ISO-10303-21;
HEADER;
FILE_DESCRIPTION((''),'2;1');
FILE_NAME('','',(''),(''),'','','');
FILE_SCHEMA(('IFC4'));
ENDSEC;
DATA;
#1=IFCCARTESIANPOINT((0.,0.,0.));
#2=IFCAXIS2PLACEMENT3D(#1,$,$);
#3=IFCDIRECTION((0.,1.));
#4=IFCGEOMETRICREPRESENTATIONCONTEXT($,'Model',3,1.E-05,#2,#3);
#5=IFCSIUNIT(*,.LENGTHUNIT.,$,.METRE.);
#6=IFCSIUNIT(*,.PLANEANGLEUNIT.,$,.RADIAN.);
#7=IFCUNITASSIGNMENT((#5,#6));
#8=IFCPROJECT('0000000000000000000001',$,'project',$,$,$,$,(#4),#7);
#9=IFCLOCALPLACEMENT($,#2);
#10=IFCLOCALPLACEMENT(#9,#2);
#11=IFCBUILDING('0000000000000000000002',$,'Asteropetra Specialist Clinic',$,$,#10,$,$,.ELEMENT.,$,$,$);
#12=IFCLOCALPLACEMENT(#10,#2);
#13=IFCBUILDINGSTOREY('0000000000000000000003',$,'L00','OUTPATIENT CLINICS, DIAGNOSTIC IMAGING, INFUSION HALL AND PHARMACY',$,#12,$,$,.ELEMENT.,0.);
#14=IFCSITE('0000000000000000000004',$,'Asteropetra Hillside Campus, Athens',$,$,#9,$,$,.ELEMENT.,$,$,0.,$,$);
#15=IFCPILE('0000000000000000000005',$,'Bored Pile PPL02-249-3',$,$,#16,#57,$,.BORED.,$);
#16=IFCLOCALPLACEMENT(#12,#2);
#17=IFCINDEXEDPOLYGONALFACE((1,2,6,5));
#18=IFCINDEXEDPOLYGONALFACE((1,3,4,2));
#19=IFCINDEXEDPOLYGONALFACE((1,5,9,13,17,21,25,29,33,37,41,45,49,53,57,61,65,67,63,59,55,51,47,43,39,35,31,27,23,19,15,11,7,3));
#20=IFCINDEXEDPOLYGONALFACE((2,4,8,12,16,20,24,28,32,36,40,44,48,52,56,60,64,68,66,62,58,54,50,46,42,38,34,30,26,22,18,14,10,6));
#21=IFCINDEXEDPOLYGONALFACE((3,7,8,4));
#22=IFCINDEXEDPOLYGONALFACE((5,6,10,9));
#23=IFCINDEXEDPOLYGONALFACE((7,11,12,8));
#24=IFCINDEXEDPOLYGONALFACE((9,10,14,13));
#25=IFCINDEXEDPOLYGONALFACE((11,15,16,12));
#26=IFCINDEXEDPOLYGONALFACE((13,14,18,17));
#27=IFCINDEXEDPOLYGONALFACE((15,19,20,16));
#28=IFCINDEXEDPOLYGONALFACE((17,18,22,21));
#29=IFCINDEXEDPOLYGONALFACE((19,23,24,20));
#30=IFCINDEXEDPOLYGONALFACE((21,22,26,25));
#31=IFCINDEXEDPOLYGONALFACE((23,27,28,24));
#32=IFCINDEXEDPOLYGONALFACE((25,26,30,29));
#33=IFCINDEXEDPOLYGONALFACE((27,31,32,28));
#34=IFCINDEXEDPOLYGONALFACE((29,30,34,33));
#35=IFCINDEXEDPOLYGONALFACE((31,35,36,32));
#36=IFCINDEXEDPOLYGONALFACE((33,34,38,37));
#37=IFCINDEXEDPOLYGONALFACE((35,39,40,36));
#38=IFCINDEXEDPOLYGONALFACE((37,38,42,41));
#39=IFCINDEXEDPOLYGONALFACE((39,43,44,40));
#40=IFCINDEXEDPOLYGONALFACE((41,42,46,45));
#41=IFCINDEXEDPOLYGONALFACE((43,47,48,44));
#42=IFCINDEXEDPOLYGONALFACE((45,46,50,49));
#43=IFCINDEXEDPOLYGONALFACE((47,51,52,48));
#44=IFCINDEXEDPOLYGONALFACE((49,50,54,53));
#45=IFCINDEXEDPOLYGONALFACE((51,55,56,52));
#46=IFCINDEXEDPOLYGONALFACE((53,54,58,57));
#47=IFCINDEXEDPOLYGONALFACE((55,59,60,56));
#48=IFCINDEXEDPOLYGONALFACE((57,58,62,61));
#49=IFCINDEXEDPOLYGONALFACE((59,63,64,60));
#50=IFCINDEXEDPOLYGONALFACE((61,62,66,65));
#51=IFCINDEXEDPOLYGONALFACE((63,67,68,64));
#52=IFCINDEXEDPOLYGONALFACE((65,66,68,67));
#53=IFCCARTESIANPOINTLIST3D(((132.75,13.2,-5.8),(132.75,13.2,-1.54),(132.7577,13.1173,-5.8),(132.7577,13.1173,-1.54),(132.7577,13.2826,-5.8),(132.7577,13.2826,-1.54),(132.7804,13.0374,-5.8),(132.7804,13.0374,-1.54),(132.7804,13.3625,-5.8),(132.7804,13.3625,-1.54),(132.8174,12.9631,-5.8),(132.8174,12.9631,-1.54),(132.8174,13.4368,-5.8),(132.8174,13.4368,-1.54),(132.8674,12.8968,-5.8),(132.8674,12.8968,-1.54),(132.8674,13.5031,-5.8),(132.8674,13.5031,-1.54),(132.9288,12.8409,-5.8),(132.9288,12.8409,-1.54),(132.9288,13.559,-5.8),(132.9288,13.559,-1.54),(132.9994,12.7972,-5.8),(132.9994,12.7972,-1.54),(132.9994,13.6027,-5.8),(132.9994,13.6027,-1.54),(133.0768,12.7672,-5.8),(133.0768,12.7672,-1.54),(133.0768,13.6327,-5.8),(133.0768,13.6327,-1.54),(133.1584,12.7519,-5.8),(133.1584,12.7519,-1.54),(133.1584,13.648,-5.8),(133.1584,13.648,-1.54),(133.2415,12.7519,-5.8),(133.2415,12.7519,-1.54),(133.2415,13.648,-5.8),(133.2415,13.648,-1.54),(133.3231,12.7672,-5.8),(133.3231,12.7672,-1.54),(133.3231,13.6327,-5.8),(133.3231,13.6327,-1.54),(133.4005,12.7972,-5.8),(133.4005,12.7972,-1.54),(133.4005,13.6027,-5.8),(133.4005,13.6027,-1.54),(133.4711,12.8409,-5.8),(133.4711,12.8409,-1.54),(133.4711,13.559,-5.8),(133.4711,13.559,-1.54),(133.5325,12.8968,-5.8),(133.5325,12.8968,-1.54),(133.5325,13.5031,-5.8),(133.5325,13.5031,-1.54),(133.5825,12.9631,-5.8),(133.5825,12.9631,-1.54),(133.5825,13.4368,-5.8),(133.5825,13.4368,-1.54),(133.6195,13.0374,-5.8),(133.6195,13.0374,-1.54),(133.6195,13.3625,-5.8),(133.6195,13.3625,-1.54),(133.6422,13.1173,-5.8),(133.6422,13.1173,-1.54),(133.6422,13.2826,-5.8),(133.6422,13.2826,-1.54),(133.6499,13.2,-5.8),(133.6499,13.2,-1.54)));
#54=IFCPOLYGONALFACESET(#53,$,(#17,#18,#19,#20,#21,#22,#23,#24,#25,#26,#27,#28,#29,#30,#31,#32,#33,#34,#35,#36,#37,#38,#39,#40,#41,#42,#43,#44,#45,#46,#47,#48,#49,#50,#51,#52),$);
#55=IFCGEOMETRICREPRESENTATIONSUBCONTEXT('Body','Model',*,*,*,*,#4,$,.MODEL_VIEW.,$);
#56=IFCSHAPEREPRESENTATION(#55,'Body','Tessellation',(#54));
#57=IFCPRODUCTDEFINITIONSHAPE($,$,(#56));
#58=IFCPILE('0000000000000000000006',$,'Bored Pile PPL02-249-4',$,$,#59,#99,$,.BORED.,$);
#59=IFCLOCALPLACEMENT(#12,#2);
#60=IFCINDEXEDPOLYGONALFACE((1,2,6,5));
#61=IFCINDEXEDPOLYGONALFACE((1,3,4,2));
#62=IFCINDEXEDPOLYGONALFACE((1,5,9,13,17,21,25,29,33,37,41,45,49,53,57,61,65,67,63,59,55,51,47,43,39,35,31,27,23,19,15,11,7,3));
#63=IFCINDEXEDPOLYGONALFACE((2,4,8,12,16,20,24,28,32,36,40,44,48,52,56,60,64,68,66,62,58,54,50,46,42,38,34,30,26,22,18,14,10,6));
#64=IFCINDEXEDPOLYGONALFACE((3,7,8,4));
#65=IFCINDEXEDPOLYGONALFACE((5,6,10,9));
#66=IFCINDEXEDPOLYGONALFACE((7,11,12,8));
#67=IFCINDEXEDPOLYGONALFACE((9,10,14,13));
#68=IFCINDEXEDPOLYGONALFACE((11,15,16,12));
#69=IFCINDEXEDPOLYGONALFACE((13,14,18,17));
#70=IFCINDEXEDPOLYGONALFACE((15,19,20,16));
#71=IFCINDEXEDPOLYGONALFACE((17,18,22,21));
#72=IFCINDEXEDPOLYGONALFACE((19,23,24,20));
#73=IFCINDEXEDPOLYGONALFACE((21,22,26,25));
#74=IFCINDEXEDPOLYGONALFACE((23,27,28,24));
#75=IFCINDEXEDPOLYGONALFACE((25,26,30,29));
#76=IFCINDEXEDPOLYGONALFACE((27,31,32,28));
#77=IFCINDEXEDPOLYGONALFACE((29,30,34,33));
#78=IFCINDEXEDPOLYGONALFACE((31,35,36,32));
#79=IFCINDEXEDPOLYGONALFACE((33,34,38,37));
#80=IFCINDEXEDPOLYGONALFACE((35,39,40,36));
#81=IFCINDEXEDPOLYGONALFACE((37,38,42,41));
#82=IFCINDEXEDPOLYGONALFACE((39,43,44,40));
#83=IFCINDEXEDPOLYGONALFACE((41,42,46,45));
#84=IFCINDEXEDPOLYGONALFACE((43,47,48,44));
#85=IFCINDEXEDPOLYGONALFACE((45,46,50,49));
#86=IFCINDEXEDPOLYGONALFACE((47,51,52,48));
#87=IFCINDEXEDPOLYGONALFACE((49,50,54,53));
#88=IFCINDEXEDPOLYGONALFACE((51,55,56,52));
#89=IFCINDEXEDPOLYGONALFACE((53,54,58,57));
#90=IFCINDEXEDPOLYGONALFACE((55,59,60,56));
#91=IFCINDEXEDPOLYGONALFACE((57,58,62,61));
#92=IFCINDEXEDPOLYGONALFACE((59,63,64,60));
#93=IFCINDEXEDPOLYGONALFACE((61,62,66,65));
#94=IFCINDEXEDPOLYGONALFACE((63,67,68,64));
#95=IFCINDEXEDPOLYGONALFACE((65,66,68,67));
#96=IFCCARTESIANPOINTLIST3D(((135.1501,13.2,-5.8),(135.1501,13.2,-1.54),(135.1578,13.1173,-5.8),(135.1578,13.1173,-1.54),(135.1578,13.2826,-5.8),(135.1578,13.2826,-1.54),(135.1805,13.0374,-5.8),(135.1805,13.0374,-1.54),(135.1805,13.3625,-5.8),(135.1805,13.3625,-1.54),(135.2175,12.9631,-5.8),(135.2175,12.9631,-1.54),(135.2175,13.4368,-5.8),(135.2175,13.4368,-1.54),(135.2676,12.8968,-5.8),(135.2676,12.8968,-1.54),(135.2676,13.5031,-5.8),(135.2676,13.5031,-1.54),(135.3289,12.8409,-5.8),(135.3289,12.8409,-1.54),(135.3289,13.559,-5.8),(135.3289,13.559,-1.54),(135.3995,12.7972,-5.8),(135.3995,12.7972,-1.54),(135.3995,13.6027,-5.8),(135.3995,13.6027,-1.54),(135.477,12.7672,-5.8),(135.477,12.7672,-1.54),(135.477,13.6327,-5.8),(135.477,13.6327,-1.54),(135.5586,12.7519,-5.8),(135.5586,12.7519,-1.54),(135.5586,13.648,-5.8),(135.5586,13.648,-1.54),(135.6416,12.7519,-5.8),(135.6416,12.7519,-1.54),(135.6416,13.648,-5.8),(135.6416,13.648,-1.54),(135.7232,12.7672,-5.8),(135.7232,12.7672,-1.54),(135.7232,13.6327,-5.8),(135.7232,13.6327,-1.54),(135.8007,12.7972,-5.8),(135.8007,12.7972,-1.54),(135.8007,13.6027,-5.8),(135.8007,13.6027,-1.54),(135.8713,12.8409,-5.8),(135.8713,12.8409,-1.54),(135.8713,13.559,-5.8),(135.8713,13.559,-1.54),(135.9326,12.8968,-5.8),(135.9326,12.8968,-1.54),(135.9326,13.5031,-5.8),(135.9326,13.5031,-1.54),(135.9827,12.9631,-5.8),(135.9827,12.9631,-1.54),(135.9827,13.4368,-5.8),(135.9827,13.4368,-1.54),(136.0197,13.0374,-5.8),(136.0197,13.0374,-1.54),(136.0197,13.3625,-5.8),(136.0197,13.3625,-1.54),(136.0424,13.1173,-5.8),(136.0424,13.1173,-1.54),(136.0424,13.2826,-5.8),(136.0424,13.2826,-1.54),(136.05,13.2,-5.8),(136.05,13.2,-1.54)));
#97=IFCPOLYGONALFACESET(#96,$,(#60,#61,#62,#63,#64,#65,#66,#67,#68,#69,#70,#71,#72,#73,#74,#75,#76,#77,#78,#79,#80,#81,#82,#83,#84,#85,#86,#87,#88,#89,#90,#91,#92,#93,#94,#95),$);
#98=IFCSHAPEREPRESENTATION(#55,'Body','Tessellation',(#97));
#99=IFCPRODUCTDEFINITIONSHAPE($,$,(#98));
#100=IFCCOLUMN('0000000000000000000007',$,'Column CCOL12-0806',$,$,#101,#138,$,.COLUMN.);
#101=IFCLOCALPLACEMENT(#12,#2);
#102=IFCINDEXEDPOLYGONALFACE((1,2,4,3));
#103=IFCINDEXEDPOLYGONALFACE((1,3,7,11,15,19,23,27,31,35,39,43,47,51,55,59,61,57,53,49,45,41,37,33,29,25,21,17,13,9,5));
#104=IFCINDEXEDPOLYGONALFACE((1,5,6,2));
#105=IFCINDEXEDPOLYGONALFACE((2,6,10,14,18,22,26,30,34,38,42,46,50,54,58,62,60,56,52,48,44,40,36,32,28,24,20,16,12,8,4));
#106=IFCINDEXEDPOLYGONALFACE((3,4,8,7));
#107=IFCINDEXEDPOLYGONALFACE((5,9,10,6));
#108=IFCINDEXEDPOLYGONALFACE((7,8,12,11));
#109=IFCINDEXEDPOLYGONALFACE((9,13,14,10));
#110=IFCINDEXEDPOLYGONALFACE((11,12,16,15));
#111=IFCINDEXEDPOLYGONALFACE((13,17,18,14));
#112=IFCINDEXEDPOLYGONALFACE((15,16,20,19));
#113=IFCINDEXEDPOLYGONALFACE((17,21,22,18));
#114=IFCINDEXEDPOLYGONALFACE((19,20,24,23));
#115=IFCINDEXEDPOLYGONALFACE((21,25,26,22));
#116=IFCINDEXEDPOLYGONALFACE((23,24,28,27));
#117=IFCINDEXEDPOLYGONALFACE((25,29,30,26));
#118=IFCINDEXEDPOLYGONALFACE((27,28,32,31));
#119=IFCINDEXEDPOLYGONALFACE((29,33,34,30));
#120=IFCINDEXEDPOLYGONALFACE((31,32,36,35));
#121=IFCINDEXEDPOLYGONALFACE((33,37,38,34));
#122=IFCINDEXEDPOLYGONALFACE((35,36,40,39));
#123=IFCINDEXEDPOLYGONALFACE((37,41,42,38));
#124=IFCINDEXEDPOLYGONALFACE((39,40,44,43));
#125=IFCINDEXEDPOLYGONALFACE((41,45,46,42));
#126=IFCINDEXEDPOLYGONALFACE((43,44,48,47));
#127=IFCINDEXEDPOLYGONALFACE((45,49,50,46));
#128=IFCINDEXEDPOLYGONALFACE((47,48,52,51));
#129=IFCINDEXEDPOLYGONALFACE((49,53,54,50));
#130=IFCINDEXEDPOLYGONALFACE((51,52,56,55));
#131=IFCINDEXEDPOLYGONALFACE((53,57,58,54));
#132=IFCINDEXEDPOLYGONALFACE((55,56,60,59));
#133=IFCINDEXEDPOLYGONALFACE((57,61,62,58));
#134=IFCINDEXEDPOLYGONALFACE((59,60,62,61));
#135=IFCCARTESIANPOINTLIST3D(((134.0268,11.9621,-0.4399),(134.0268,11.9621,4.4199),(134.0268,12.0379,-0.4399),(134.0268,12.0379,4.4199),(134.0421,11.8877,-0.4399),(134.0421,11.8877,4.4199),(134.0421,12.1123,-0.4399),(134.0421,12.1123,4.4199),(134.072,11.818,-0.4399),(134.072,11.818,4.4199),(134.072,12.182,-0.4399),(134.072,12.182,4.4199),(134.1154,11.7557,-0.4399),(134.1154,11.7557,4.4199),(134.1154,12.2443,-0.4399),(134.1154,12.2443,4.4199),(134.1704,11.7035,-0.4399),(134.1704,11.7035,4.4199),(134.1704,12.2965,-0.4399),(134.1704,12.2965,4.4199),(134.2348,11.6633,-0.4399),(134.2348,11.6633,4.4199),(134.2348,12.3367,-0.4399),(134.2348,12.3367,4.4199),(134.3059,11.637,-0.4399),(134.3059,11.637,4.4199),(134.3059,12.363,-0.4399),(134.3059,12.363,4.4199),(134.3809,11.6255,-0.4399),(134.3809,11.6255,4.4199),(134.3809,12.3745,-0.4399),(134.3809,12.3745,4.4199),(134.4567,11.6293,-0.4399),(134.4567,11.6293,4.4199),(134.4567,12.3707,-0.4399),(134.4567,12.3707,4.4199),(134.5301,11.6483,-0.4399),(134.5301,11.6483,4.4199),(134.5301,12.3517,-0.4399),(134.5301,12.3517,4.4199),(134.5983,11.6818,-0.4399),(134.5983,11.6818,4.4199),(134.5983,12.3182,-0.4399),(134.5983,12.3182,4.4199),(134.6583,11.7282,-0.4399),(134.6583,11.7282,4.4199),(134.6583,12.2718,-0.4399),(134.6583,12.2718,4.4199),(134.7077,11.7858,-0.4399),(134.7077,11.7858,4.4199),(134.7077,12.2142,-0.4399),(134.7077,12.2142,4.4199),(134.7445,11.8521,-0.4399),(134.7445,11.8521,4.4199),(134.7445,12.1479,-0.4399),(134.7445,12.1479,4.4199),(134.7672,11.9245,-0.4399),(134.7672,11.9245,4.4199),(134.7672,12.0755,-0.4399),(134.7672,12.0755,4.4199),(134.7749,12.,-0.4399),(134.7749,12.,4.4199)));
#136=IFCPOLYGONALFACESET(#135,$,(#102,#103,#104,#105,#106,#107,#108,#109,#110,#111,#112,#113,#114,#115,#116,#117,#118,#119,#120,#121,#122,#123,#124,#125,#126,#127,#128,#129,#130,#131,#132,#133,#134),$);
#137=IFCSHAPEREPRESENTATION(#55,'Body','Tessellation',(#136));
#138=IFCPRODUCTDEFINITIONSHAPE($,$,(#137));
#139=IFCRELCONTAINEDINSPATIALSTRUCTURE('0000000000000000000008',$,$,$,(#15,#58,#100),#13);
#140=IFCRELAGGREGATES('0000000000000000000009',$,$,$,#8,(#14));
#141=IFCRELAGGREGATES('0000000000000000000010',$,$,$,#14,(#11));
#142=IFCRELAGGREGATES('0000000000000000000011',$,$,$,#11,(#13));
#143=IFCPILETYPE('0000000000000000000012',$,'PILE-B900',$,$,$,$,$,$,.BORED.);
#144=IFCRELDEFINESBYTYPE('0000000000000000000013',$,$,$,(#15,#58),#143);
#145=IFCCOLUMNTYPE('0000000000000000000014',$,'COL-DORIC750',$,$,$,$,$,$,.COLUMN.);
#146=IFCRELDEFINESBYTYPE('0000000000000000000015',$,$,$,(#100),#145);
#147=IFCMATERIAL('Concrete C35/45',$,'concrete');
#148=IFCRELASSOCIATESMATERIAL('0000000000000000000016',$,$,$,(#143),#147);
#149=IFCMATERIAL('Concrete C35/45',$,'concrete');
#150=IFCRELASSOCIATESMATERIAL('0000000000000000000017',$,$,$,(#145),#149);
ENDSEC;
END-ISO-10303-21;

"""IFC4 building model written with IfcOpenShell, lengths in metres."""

from ifc_helpers import new_model, si_unit, direction, frame, origin, origin_2d, place, context, subcontext, project, spatial, circle, extrude, material, material_profile, profile_set, type_object, element, save


model = new_model("IFC4")

# Units and contexts
model_context = context("Model", 3, precision=1e-05, world=origin(), true_north=direction((0.0, 1.0)))
body_context = subcontext(model_context, "Body", "Model", "MODEL_VIEW")
ifc_project = project(units=[si_unit("LENGTHUNIT", "METRE"), si_unit("PLANEANGLEUNIT", "RADIAN")], contexts=[model_context])

# Site, building, storey
site_placement = place(None, origin())
site = spatial("IfcSite", under=ifc_project, at=site_placement, Name="Asteropetra Hillside Campus, Athens", CompositionType="ELEMENT", RefElevation=0.0)
building_placement = place(site_placement, origin())
building = spatial("IfcBuilding", under=site, at=building_placement, Name="Asteropetra Specialist Clinic", CompositionType="ELEMENT")
storey_placement = place(building_placement, origin())
storey = spatial("IfcBuildingStorey", under=building, at=storey_placement, Name="L00", Description="OUTPATIENT CLINICS, DIAGNOSTIC IMAGING, INFUSION HALL AND PHARMACY", CompositionType="ELEMENT", Elevation=0.0)

# Piles
ifc_material_1 = material(Name="Concrete C35/45", Category="concrete")
ifc_material_profile_1 = material_profile(ifc_material_1, circle(Radius=0.45, at=origin_2d()), Name="PILE D900")
ifc_profile_set_1 = profile_set([ifc_material_profile_1], Name="Concrete C35/45")
pile_type_1 = type_object("IfcPileType", Name="PILE-B900", PredefinedType="BORED", material=ifc_profile_set_1)
for number, where, z_axis, x_axis, name in (
    (1, (133.2, 13.2, -1.54), (0.0, 0.0, -1.0), (1.0, 0.0, 0.0), "Bored Pile PPL02-249-3"),
    (2, (135.6001, 13.2, -1.54), (0.0, 0.0, -1.0), (1.0, 0.0, 0.0), "Bored Pile PPL02-249-4"),
):
    element("IfcPile", number, at=place(storey_placement, frame(where, z_axis=z_axis, x_axis=x_axis)), inside=storey, type_object=pile_type_1, Name=name, PredefinedType="BORED", context=body_context, shape_type="SweptSolid", body=[
        extrude(circle(Radius=0.45, at=origin_2d()), origin(), (0.0, 0.0, 1.0), 4.26),
    ])

# Column
ifc_material_2 = material(Name="Concrete C35/45", Category="concrete")
ifc_material_profile_2 = material_profile(ifc_material_2, circle(Radius=0.375, at=origin_2d()), Name="RCC D750")
ifc_profile_set_2 = profile_set([ifc_material_profile_2], Name="Concrete C35/45")
column_type = type_object("IfcColumnType", Name="COL-DORIC750", PredefinedType="COLUMN", material=ifc_profile_set_2)
column_placement = place(storey_placement, frame((134.3999, 12.0, -0.4399), z_axis=(0.0, 0.0, 1.0), x_axis=(1.0, 0.0, 0.0)))
element("IfcColumn", 3, at=column_placement, inside=storey, type_object=column_type, Name="Column CCOL12-0806", PredefinedType="COLUMN", context=body_context, shape_type="SweptSolid", body=[
    extrude(circle(Radius=0.375, at=origin_2d()), origin(), (0.0, 0.0, 1.0), 4.8599),
])

save(model, "model.ifc")
